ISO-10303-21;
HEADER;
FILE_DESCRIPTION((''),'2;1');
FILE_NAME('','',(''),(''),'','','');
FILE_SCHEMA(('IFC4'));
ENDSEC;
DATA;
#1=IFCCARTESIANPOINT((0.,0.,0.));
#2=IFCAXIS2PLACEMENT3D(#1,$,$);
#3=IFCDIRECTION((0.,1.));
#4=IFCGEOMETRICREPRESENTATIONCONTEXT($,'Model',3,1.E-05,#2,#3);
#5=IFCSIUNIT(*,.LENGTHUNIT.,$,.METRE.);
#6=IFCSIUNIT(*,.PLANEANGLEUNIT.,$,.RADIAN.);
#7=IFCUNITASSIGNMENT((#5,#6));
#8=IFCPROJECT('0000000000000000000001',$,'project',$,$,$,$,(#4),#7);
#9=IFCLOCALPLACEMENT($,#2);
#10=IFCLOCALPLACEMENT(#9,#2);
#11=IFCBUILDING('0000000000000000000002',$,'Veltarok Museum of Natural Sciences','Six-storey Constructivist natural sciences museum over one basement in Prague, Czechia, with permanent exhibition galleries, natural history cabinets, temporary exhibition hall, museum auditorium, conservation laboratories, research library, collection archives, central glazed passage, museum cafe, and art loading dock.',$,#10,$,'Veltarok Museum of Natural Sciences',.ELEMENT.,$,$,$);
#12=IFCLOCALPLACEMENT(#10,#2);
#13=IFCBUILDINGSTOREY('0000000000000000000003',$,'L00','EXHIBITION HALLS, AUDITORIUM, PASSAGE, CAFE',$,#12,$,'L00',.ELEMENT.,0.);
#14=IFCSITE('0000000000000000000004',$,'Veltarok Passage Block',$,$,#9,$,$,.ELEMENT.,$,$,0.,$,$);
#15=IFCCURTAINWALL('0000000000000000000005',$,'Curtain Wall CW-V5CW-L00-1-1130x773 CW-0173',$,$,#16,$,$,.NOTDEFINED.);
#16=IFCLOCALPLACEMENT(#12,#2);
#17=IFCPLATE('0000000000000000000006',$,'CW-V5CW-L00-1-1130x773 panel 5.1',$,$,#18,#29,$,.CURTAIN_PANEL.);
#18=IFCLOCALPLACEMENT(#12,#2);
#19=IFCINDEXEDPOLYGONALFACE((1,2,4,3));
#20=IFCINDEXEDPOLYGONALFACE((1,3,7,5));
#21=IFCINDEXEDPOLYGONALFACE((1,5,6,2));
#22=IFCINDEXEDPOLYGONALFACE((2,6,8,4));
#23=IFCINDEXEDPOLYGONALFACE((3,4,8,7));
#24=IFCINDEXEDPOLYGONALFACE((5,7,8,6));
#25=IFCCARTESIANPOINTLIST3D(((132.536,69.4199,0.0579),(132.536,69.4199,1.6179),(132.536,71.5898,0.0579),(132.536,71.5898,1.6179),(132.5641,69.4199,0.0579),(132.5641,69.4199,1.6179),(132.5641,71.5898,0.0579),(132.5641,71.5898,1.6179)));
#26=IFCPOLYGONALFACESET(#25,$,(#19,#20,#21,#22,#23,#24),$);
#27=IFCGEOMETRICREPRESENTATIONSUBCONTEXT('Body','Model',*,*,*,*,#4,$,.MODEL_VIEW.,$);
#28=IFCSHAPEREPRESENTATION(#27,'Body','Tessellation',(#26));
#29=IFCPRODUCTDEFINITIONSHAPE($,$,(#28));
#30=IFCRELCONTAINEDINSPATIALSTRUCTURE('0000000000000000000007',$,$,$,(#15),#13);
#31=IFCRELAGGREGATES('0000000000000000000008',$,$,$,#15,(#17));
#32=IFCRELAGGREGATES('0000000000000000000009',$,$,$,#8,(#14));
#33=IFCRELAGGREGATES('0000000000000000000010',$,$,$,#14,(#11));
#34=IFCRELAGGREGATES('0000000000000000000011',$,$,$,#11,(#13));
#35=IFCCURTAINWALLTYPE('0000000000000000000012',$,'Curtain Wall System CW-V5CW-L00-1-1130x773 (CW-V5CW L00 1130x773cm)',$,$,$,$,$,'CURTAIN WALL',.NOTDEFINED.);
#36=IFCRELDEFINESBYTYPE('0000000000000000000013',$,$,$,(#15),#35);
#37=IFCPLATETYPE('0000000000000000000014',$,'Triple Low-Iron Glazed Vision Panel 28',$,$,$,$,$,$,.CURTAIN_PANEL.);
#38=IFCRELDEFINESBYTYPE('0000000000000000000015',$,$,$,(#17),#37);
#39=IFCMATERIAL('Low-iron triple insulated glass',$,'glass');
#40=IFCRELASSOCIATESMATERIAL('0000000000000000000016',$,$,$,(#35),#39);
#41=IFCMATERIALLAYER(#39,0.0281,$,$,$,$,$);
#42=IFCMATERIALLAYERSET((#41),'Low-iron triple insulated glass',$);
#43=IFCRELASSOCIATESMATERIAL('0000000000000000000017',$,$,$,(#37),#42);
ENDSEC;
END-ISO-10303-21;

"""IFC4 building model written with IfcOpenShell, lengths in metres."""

from ifc_helpers import new_model, si_unit, direction, frame, origin, origin_2d, place, context, subcontext, project, spatial, rectangle, extrude, material, layer, layer_set, type_object, element, aggregate, save


model = new_model("IFC4")

# Units and contexts
model_context = context("Model", 3, precision=1e-05, world=origin(), true_north=direction((0.0, 1.0)))
body_context = subcontext(model_context, "Body", "Model", "MODEL_VIEW")
ifc_project = project(units=[si_unit("LENGTHUNIT", "METRE"), si_unit("PLANEANGLEUNIT", "RADIAN")], contexts=[model_context])

# Site, building, storey
site_placement = place(None, origin())
site = spatial("IfcSite", under=ifc_project, at=site_placement, Name="Veltarok Passage Block", CompositionType="ELEMENT", RefElevation=0.0)
building_placement = place(site_placement, origin())
building = spatial("IfcBuilding", under=site, at=building_placement, Name="Veltarok Museum of Natural Sciences", Description="Six-storey Constructivist natural sciences museum over one basement in Prague, Czechia, with permanent exhibition galleries, natural history cabinets, temporary exhibition hall, museum auditorium, conservation laboratories, research library, collection archives, central glazed passage, museum cafe, and art loading dock.", LongName="Veltarok Museum of Natural Sciences", CompositionType="ELEMENT")
storey_placement = place(building_placement, origin())
storey = spatial("IfcBuildingStorey", under=building, at=storey_placement, Name="L00", Description="EXHIBITION HALLS, AUDITORIUM, PASSAGE, CAFE", LongName="L00", CompositionType="ELEMENT", Elevation=0.0)

# Curtain wall
ifc_material_1 = material(Name="Low-iron triple insulated glass", Category="glass")
curtain_wall_type_1 = type_object("IfcCurtainWallType", Name="Curtain Wall System CW-V5CW-L00-1-1130x773 (CW-V5CW L00 1130x773cm)", ElementType="CURTAIN WALL", PredefinedType="NOTDEFINED", material=ifc_material_1)
curtain_wall_1_placement = place(storey_placement, origin())
curtain_wall_1 = element("IfcCurtainWall", 1, at=curtain_wall_1_placement, inside=storey, type_object=curtain_wall_type_1, Name="Curtain Wall CW-V5CW-L00-1-1130x773 CW-0173", PredefinedType="NOTDEFINED")

# Plate
ifc_layer = layer(ifc_material_1, 0.0281)
ifc_layer_set = layer_set([ifc_layer], Name="Low-iron triple insulated glass")
plate_type = type_object("IfcPlateType", Name="Triple Low-Iron Glazed Vision Panel 28", PredefinedType="CURTAIN_PANEL", material=ifc_layer_set)
plate_1_placement = place(storey_placement, frame((132.55, 70.5049, 0.0579), z_axis=(0.0, 0.0, 1.0), x_axis=(0.0, 1.0, 0.0)))
plate_1 = element("IfcPlate", 2, at=plate_1_placement, type_object=plate_type, Name="CW-V5CW-L00-1-1130x773 panel 5.1", PredefinedType="CURTAIN_PANEL", context=body_context, shape_type="SweptSolid", body=[
    extrude(rectangle(XDim=2.1699, YDim=0.0281, at=origin_2d()), origin(), (0.0, 0.0, 1.0), 1.5601),
])
aggregate(curtain_wall_1, [plate_1])

save(model, "model.ifc")
